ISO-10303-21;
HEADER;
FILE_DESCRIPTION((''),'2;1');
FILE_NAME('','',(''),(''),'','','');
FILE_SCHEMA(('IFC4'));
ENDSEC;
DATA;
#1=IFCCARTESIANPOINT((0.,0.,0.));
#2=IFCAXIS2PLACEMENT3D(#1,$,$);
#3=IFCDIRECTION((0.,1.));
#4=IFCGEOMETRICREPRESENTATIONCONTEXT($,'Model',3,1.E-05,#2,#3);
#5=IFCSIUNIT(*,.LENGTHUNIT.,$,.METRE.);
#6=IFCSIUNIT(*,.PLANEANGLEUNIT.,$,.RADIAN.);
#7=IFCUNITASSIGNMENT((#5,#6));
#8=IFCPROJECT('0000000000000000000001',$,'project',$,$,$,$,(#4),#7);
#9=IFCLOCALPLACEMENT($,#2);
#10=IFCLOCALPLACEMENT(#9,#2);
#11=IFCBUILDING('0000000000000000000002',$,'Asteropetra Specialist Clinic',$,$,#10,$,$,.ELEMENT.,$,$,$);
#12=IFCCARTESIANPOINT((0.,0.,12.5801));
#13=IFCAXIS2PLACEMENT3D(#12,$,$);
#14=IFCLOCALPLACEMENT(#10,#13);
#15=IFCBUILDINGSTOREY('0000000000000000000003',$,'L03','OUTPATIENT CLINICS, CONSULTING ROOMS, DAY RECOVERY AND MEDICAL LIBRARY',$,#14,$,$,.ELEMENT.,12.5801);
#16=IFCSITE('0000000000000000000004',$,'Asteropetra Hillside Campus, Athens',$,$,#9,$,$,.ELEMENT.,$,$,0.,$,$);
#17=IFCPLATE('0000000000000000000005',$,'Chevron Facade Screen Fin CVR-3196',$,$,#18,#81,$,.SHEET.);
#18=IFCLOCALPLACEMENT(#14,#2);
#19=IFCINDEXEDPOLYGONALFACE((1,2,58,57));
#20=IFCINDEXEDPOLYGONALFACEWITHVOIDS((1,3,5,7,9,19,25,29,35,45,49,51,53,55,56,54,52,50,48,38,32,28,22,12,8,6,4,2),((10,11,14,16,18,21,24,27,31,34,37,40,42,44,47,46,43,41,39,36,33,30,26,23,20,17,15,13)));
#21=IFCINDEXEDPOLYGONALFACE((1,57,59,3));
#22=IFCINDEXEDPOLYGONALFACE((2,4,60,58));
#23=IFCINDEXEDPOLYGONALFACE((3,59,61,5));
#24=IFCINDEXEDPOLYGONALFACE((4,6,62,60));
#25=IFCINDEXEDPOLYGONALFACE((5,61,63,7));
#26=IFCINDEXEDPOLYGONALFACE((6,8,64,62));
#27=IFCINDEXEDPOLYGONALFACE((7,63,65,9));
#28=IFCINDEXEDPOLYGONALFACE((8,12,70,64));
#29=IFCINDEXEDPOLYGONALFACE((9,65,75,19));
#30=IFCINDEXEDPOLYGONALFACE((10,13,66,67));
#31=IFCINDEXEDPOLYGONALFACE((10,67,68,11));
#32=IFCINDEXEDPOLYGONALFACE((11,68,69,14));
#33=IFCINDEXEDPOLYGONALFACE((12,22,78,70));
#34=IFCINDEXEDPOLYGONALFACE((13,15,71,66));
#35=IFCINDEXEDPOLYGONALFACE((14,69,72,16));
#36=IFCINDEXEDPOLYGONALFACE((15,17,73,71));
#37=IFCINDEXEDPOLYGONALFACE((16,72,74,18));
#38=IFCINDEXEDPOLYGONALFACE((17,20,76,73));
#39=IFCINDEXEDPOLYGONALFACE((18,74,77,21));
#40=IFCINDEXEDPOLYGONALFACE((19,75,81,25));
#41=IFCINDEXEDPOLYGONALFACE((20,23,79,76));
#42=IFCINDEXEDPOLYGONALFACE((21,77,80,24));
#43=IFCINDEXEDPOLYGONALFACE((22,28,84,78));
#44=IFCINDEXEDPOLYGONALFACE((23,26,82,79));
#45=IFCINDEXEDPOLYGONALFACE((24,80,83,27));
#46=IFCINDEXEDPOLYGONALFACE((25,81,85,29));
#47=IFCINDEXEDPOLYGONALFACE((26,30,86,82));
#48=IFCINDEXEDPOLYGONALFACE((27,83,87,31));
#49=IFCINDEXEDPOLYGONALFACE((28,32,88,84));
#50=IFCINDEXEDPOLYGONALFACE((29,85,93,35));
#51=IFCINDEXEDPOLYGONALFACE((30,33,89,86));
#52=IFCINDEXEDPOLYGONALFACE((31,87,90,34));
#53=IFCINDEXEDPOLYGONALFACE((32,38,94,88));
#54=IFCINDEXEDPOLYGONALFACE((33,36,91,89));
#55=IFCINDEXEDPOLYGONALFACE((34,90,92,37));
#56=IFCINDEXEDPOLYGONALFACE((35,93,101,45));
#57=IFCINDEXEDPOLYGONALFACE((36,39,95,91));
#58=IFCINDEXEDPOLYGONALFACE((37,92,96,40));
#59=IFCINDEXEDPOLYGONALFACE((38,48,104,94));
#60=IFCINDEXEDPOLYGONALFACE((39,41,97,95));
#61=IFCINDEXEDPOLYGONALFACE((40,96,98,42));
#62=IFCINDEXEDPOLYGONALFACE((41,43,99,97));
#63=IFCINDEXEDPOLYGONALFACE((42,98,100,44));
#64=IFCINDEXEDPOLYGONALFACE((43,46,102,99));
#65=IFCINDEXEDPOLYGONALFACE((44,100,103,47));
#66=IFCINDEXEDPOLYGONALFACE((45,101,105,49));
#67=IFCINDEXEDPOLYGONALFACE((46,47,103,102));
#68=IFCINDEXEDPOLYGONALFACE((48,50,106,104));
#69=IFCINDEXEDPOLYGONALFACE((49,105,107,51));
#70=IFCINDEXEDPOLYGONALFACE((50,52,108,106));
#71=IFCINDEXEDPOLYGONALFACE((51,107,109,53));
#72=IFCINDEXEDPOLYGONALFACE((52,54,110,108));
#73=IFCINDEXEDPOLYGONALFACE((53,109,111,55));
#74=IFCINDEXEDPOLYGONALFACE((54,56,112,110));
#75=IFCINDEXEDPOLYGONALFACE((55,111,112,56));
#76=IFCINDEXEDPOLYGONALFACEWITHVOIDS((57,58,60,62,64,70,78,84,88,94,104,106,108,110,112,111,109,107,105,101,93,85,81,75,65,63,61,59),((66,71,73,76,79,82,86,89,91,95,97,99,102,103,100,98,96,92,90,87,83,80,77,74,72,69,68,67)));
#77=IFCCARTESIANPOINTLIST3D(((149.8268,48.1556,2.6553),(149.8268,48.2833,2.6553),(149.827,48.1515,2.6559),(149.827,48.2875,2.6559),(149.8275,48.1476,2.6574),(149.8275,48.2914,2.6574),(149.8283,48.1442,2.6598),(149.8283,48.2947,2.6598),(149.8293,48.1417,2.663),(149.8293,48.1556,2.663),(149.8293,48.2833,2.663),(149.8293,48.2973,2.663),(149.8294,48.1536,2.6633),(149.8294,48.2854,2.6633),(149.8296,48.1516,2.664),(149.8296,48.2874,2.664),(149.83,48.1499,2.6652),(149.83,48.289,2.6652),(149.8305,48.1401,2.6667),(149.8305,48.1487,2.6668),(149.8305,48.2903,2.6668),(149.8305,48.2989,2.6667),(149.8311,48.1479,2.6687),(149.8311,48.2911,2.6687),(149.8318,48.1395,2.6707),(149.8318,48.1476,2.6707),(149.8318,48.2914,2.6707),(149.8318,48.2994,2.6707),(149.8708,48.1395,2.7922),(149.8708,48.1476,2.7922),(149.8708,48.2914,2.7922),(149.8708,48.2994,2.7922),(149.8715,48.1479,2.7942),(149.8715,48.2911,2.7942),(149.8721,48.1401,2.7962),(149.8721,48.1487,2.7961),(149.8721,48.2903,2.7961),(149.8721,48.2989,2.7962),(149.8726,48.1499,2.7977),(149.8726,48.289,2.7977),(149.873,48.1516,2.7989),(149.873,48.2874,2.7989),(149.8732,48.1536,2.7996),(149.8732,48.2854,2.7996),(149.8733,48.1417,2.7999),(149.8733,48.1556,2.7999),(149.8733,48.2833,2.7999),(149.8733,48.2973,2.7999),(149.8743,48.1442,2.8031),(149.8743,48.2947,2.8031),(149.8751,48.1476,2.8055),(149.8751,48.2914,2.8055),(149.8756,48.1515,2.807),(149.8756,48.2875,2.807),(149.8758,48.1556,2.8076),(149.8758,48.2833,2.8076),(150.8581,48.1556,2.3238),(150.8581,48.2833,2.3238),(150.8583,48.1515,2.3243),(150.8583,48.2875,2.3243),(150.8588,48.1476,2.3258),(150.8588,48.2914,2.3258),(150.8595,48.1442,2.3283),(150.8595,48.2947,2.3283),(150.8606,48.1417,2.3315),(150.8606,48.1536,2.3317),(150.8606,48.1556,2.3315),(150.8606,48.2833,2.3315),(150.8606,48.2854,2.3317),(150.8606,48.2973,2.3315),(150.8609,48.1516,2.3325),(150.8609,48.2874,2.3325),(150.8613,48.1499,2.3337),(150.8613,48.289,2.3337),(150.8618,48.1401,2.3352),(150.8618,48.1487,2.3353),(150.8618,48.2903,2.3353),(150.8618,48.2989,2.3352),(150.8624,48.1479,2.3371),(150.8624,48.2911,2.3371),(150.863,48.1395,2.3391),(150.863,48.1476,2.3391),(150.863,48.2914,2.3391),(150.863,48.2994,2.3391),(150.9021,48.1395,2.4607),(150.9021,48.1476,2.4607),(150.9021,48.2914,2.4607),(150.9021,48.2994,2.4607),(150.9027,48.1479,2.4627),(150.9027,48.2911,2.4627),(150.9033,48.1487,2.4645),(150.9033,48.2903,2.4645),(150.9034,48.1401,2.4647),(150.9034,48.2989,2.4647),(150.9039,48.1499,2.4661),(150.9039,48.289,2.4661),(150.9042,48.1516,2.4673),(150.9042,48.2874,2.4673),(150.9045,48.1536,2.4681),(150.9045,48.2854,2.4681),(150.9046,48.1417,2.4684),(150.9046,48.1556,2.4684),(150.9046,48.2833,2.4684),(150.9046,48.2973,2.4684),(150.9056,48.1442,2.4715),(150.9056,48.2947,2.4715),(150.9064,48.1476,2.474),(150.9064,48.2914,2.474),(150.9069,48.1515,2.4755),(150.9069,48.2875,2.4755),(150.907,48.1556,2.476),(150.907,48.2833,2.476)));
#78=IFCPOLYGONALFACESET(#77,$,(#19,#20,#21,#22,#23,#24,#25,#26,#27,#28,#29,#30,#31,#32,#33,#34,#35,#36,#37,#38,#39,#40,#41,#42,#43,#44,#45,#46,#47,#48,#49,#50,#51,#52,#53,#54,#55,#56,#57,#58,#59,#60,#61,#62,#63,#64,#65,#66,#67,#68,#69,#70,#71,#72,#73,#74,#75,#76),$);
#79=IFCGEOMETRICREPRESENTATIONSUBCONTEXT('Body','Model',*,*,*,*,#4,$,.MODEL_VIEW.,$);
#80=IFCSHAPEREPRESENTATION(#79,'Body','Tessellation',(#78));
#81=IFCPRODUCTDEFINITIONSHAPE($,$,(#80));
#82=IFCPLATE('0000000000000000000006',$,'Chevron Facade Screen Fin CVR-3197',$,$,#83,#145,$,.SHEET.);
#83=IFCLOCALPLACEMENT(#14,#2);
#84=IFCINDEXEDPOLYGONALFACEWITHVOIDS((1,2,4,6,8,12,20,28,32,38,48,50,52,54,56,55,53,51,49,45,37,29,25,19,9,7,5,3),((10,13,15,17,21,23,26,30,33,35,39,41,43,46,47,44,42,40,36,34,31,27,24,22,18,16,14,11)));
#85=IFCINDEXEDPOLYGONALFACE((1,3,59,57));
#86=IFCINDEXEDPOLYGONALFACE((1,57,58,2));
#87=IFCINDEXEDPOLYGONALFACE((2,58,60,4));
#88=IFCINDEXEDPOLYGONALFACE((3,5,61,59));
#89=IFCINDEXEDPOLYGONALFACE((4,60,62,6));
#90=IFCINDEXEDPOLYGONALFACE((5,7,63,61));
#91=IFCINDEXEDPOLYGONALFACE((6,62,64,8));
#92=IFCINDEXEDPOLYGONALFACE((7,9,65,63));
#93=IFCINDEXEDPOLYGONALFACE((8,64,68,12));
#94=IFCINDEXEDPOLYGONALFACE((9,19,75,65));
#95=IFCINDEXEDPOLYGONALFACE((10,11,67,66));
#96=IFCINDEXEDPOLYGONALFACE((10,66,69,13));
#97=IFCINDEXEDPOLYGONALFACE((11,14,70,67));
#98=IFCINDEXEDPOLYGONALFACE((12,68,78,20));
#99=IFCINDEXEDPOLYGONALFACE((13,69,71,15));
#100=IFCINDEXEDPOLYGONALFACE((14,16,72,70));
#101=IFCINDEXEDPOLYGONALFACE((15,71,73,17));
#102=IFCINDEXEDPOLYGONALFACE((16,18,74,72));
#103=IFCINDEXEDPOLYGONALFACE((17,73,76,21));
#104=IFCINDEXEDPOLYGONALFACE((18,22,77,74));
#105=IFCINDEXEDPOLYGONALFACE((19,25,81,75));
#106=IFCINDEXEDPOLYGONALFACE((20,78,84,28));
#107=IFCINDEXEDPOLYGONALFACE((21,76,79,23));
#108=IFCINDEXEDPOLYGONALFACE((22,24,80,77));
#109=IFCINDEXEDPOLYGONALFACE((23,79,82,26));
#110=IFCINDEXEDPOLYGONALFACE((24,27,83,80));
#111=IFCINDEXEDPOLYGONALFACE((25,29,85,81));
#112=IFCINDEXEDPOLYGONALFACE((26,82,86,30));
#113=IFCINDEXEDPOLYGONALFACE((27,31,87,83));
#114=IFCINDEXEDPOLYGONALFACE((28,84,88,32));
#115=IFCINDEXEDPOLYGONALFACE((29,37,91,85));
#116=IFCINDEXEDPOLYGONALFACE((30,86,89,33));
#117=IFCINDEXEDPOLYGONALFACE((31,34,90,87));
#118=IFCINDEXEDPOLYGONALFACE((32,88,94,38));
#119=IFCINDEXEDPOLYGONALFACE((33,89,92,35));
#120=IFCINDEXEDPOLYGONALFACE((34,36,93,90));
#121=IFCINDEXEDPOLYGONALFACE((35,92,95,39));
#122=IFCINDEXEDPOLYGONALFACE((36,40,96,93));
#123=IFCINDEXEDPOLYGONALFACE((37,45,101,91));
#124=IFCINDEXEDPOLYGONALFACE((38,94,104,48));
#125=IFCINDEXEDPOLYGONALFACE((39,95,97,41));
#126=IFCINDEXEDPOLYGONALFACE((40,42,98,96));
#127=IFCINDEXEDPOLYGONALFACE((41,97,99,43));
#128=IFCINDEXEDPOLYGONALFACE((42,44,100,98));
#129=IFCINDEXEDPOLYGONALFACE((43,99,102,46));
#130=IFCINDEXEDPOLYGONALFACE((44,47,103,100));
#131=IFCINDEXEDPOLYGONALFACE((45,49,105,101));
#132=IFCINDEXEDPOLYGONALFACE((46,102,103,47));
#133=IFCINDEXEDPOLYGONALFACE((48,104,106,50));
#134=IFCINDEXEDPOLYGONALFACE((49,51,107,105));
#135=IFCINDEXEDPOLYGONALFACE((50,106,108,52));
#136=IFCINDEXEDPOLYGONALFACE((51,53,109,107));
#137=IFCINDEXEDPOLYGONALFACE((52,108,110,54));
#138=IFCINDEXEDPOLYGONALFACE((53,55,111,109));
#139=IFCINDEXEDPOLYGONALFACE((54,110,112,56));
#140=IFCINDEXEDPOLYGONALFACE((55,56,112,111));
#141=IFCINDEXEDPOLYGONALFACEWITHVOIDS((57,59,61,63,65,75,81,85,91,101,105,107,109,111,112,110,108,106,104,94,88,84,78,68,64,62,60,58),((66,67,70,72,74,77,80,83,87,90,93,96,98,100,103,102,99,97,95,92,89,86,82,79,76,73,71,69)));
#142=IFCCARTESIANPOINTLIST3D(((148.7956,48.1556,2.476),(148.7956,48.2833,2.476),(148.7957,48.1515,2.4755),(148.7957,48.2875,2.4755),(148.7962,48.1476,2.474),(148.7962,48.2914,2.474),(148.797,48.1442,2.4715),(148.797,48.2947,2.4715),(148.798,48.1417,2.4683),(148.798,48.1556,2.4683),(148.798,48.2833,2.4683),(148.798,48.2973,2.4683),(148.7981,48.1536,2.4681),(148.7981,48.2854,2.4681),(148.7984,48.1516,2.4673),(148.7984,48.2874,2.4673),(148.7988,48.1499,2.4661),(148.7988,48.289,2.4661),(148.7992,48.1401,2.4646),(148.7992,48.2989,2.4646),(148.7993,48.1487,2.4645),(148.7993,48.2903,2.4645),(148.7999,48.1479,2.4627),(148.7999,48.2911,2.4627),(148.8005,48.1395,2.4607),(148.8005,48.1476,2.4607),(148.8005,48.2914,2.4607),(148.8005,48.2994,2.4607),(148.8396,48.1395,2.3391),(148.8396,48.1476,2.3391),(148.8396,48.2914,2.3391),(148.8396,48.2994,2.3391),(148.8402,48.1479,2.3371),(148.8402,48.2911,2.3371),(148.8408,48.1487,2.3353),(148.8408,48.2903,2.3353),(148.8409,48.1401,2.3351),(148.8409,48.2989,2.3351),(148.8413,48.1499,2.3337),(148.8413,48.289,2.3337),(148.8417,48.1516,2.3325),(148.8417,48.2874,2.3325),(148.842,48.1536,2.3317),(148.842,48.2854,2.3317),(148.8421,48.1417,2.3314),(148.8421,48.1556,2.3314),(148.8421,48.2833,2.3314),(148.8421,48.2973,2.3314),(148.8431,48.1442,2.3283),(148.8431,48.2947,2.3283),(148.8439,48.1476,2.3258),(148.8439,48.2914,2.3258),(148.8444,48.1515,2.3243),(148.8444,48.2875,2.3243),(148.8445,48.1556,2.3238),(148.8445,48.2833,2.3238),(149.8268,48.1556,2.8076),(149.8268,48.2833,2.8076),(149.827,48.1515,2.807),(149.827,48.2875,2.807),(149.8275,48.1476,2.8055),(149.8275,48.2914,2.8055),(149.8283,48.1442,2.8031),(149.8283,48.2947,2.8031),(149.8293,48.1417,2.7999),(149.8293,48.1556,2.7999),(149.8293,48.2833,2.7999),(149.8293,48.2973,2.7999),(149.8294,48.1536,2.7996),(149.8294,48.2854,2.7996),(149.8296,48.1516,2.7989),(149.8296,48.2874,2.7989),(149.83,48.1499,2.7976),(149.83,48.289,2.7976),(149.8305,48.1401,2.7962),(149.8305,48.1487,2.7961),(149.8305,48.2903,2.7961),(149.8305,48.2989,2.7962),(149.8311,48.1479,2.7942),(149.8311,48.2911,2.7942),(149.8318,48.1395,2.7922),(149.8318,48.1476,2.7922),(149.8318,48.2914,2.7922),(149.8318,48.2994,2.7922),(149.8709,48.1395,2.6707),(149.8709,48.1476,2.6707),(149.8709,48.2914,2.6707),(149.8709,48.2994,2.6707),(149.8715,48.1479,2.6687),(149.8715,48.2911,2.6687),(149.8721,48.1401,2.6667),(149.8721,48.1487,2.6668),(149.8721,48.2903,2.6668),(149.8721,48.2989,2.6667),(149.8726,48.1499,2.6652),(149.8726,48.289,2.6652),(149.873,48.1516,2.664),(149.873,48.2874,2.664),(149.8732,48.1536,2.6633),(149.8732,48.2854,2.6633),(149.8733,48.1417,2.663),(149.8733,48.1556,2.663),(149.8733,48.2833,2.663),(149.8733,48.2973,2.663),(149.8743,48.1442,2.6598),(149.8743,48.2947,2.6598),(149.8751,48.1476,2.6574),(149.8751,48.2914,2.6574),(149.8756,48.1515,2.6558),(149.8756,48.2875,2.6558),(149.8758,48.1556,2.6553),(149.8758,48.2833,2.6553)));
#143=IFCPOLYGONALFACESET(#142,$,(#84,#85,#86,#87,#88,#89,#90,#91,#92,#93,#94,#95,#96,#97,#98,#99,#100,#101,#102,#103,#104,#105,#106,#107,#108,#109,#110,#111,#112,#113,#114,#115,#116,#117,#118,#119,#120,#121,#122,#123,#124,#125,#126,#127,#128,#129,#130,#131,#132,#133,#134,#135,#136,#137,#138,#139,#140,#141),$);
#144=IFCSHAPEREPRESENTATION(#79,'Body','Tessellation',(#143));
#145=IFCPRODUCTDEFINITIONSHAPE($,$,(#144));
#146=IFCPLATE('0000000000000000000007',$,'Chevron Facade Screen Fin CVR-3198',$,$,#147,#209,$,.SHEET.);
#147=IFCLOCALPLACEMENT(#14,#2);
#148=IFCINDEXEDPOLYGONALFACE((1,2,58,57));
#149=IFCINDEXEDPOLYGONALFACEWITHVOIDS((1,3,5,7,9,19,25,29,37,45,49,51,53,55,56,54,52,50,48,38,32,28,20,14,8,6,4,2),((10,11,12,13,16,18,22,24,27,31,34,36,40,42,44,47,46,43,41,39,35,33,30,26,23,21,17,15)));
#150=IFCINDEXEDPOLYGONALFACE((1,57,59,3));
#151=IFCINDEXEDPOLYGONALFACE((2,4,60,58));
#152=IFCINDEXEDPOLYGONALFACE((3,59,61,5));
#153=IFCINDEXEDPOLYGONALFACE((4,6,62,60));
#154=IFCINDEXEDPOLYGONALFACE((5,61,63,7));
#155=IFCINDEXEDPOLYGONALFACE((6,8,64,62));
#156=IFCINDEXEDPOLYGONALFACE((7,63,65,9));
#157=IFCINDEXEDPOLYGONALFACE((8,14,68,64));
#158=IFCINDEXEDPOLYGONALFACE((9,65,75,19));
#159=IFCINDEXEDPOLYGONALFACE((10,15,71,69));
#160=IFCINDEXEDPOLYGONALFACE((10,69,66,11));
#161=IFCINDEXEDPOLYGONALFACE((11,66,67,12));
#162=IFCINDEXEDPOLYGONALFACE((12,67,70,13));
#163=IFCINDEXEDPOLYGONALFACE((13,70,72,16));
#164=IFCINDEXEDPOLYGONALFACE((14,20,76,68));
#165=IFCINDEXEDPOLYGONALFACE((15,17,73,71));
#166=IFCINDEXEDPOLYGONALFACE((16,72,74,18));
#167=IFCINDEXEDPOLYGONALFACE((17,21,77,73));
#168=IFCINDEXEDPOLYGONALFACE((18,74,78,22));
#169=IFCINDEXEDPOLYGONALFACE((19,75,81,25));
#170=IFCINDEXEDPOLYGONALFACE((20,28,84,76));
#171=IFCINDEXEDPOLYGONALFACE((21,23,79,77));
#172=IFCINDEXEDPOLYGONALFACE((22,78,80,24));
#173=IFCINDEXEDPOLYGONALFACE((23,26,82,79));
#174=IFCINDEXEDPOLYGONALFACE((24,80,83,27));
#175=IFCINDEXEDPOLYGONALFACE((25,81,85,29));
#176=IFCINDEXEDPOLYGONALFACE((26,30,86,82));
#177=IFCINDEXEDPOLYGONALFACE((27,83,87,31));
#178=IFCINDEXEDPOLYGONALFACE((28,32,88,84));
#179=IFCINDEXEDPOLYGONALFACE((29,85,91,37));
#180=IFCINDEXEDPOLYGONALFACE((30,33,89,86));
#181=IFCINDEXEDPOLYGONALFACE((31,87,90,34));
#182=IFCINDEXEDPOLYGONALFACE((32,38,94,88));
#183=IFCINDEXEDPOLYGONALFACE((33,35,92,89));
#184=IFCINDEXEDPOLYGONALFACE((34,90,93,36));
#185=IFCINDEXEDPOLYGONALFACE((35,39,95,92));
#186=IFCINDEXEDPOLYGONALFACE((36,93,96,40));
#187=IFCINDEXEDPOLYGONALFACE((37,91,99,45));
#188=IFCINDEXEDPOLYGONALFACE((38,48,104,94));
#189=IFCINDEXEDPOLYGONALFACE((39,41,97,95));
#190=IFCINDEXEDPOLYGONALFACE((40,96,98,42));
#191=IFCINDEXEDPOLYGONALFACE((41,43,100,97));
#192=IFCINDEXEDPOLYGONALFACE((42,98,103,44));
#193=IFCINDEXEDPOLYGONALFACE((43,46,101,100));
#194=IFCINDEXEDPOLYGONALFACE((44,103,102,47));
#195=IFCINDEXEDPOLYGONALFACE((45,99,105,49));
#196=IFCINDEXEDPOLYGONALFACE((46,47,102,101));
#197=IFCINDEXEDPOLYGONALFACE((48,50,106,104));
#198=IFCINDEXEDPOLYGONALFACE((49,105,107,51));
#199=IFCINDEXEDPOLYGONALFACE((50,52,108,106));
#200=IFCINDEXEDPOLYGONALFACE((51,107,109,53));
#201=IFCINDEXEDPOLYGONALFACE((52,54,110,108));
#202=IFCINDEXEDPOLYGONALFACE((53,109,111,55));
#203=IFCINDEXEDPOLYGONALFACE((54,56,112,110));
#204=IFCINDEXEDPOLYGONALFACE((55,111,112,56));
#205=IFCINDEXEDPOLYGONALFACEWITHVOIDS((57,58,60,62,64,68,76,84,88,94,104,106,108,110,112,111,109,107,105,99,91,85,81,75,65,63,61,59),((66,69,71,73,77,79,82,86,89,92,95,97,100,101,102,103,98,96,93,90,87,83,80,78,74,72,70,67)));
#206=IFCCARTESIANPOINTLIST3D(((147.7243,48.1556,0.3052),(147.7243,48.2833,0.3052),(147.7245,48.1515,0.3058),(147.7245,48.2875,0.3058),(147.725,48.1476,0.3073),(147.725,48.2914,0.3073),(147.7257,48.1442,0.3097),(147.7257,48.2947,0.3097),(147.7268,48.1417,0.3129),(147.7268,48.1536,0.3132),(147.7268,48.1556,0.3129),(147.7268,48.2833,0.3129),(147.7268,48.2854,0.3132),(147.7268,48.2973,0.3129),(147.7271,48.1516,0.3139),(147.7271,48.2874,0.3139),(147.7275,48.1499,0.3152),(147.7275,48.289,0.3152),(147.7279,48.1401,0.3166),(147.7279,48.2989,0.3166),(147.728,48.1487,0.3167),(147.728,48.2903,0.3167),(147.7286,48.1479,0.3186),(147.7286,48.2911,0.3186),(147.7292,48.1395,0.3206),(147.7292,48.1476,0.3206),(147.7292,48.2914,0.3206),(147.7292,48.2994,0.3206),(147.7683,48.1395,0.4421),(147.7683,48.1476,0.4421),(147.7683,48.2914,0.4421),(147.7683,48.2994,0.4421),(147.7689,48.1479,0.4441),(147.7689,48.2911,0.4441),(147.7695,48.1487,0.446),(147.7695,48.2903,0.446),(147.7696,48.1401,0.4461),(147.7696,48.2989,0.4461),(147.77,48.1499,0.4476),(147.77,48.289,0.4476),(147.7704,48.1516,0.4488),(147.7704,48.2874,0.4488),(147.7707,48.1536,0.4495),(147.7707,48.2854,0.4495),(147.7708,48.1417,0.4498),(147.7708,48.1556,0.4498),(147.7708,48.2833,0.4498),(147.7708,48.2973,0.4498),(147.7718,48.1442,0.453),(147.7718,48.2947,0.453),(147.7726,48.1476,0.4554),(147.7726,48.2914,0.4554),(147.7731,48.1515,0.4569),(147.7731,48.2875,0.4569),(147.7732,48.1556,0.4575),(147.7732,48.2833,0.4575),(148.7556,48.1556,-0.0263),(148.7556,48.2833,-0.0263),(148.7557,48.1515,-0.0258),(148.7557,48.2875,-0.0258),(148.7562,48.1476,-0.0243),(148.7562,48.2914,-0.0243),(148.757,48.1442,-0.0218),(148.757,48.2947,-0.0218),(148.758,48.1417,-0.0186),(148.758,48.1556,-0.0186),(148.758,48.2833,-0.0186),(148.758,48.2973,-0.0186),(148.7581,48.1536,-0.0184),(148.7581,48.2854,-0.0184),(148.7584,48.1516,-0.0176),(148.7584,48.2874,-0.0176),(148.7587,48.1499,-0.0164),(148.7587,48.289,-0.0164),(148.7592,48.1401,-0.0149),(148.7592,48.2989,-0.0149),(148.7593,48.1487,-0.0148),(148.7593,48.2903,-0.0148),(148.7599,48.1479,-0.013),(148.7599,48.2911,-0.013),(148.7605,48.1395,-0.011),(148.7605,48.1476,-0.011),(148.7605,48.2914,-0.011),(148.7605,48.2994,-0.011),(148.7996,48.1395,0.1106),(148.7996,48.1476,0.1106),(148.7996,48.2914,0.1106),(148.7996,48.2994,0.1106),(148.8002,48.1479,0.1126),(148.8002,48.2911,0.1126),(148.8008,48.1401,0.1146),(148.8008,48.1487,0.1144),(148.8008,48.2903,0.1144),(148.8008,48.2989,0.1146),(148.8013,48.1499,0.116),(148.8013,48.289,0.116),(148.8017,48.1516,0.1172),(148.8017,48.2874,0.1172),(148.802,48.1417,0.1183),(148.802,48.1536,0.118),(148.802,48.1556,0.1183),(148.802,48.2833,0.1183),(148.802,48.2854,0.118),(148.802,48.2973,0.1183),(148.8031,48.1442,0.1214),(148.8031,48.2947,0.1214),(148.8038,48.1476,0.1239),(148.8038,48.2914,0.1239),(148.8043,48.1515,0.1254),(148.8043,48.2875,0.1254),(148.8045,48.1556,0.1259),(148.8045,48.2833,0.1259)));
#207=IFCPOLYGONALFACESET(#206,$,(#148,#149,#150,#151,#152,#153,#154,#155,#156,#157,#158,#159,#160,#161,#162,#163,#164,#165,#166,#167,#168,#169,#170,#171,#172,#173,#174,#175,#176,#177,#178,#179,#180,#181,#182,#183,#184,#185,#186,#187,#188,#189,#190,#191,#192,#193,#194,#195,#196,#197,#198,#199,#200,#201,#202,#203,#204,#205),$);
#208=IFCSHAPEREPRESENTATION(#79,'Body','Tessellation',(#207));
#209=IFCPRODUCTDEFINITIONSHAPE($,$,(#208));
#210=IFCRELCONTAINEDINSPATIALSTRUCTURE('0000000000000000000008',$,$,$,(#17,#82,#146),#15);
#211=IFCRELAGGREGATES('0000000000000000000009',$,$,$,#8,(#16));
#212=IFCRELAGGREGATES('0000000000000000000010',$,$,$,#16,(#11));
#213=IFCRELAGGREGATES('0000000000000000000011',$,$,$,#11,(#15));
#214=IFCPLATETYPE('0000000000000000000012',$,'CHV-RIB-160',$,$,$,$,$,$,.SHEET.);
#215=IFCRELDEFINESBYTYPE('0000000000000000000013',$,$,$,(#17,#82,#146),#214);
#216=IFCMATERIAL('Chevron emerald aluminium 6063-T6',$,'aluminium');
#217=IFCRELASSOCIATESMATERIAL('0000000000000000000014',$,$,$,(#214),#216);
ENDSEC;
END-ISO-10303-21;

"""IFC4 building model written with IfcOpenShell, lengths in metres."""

from ifc_helpers import new_model, si_unit, direction, frame, origin, origin_2d, place, context, subcontext, project, spatial, hollow_rectangle, extrude, material, material_profile, profile_set, type_object, element, save


model = new_model("IFC4")

# Units and contexts
model_context = context("Model", 3, precision=1e-05, world=origin(), true_north=direction((0.0, 1.0)))
body_context = subcontext(model_context, "Body", "Model", "MODEL_VIEW")
ifc_project = project(units=[si_unit("LENGTHUNIT", "METRE"), si_unit("PLANEANGLEUNIT", "RADIAN")], contexts=[model_context])

# Site, building, storey
site_placement = place(None, origin())
site = spatial("IfcSite", under=ifc_project, at=site_placement, Name="Asteropetra Hillside Campus, Athens", CompositionType="ELEMENT", RefElevation=0.0)
building_placement = place(site_placement, origin())
building = spatial("IfcBuilding", under=site, at=building_placement, Name="Asteropetra Specialist Clinic", CompositionType="ELEMENT")
storey_placement = place(building_placement, frame((0.0, 0.0, 12.5801)))
storey = spatial("IfcBuildingStorey", under=building, at=storey_placement, Name="L03", Description="OUTPATIENT CLINICS, CONSULTING ROOMS, DAY RECOVERY AND MEDICAL LIBRARY", CompositionType="ELEMENT", Elevation=12.5801)

# Plates
ifc_material_1 = material(Name="Chevron emerald aluminium 6063-T6", Category="aluminium")
ifc_material_profile = material_profile(ifc_material_1, hollow_rectangle(XDim=0.1599, YDim=0.1599, WallThickness=0.0081, InnerFilletRadius=0.0081, OuterFilletRadius=0.0161, at=origin_2d()), Name="SHS 160x160x8.0")
ifc_profile_set = profile_set([ifc_material_profile], Name="Chevron emerald aluminium 6063-T6")
plate_type_1 = type_object("IfcPlateType", Name="CHV-RIB-160", PredefinedType="SHEET", material=ifc_profile_set)
for number, where, z_axis, x_axis, name in (
    (1, (150.8826, 48.2195, 2.3999), (-0.95201, 0.0, 0.306068), (0.0, -1.0, 0.0), "Chevron Facade Screen Fin CVR-3196"),
    (2, (149.8513, 48.2195, 2.7314), (-0.95201, 0.0, -0.306068), (0.0, -1.0, 0.0), "Chevron Facade Screen Fin CVR-3197"),
    (3, (148.78, 48.2195, 0.0498), (-0.95201, 0.0, 0.306068), (0.0, -1.0, 0.0), "Chevron Facade Screen Fin CVR-3198"),
):
    element("IfcPlate", number, at=place(storey_placement, frame(where, z_axis=z_axis, x_axis=x_axis)), inside=storey, type_object=plate_type_1, Name=name, PredefinedType="SHEET", context=body_context, shape_type="SweptSolid", body=[
        extrude(hollow_rectangle(XDim=0.1599, YDim=0.1599, WallThickness=0.0081, InnerFilletRadius=0.0081, OuterFilletRadius=0.0161, at=origin_2d()), origin(), (0.0, 0.0, 1.0), 1.0833),
    ])

save(model, "model.ifc")
